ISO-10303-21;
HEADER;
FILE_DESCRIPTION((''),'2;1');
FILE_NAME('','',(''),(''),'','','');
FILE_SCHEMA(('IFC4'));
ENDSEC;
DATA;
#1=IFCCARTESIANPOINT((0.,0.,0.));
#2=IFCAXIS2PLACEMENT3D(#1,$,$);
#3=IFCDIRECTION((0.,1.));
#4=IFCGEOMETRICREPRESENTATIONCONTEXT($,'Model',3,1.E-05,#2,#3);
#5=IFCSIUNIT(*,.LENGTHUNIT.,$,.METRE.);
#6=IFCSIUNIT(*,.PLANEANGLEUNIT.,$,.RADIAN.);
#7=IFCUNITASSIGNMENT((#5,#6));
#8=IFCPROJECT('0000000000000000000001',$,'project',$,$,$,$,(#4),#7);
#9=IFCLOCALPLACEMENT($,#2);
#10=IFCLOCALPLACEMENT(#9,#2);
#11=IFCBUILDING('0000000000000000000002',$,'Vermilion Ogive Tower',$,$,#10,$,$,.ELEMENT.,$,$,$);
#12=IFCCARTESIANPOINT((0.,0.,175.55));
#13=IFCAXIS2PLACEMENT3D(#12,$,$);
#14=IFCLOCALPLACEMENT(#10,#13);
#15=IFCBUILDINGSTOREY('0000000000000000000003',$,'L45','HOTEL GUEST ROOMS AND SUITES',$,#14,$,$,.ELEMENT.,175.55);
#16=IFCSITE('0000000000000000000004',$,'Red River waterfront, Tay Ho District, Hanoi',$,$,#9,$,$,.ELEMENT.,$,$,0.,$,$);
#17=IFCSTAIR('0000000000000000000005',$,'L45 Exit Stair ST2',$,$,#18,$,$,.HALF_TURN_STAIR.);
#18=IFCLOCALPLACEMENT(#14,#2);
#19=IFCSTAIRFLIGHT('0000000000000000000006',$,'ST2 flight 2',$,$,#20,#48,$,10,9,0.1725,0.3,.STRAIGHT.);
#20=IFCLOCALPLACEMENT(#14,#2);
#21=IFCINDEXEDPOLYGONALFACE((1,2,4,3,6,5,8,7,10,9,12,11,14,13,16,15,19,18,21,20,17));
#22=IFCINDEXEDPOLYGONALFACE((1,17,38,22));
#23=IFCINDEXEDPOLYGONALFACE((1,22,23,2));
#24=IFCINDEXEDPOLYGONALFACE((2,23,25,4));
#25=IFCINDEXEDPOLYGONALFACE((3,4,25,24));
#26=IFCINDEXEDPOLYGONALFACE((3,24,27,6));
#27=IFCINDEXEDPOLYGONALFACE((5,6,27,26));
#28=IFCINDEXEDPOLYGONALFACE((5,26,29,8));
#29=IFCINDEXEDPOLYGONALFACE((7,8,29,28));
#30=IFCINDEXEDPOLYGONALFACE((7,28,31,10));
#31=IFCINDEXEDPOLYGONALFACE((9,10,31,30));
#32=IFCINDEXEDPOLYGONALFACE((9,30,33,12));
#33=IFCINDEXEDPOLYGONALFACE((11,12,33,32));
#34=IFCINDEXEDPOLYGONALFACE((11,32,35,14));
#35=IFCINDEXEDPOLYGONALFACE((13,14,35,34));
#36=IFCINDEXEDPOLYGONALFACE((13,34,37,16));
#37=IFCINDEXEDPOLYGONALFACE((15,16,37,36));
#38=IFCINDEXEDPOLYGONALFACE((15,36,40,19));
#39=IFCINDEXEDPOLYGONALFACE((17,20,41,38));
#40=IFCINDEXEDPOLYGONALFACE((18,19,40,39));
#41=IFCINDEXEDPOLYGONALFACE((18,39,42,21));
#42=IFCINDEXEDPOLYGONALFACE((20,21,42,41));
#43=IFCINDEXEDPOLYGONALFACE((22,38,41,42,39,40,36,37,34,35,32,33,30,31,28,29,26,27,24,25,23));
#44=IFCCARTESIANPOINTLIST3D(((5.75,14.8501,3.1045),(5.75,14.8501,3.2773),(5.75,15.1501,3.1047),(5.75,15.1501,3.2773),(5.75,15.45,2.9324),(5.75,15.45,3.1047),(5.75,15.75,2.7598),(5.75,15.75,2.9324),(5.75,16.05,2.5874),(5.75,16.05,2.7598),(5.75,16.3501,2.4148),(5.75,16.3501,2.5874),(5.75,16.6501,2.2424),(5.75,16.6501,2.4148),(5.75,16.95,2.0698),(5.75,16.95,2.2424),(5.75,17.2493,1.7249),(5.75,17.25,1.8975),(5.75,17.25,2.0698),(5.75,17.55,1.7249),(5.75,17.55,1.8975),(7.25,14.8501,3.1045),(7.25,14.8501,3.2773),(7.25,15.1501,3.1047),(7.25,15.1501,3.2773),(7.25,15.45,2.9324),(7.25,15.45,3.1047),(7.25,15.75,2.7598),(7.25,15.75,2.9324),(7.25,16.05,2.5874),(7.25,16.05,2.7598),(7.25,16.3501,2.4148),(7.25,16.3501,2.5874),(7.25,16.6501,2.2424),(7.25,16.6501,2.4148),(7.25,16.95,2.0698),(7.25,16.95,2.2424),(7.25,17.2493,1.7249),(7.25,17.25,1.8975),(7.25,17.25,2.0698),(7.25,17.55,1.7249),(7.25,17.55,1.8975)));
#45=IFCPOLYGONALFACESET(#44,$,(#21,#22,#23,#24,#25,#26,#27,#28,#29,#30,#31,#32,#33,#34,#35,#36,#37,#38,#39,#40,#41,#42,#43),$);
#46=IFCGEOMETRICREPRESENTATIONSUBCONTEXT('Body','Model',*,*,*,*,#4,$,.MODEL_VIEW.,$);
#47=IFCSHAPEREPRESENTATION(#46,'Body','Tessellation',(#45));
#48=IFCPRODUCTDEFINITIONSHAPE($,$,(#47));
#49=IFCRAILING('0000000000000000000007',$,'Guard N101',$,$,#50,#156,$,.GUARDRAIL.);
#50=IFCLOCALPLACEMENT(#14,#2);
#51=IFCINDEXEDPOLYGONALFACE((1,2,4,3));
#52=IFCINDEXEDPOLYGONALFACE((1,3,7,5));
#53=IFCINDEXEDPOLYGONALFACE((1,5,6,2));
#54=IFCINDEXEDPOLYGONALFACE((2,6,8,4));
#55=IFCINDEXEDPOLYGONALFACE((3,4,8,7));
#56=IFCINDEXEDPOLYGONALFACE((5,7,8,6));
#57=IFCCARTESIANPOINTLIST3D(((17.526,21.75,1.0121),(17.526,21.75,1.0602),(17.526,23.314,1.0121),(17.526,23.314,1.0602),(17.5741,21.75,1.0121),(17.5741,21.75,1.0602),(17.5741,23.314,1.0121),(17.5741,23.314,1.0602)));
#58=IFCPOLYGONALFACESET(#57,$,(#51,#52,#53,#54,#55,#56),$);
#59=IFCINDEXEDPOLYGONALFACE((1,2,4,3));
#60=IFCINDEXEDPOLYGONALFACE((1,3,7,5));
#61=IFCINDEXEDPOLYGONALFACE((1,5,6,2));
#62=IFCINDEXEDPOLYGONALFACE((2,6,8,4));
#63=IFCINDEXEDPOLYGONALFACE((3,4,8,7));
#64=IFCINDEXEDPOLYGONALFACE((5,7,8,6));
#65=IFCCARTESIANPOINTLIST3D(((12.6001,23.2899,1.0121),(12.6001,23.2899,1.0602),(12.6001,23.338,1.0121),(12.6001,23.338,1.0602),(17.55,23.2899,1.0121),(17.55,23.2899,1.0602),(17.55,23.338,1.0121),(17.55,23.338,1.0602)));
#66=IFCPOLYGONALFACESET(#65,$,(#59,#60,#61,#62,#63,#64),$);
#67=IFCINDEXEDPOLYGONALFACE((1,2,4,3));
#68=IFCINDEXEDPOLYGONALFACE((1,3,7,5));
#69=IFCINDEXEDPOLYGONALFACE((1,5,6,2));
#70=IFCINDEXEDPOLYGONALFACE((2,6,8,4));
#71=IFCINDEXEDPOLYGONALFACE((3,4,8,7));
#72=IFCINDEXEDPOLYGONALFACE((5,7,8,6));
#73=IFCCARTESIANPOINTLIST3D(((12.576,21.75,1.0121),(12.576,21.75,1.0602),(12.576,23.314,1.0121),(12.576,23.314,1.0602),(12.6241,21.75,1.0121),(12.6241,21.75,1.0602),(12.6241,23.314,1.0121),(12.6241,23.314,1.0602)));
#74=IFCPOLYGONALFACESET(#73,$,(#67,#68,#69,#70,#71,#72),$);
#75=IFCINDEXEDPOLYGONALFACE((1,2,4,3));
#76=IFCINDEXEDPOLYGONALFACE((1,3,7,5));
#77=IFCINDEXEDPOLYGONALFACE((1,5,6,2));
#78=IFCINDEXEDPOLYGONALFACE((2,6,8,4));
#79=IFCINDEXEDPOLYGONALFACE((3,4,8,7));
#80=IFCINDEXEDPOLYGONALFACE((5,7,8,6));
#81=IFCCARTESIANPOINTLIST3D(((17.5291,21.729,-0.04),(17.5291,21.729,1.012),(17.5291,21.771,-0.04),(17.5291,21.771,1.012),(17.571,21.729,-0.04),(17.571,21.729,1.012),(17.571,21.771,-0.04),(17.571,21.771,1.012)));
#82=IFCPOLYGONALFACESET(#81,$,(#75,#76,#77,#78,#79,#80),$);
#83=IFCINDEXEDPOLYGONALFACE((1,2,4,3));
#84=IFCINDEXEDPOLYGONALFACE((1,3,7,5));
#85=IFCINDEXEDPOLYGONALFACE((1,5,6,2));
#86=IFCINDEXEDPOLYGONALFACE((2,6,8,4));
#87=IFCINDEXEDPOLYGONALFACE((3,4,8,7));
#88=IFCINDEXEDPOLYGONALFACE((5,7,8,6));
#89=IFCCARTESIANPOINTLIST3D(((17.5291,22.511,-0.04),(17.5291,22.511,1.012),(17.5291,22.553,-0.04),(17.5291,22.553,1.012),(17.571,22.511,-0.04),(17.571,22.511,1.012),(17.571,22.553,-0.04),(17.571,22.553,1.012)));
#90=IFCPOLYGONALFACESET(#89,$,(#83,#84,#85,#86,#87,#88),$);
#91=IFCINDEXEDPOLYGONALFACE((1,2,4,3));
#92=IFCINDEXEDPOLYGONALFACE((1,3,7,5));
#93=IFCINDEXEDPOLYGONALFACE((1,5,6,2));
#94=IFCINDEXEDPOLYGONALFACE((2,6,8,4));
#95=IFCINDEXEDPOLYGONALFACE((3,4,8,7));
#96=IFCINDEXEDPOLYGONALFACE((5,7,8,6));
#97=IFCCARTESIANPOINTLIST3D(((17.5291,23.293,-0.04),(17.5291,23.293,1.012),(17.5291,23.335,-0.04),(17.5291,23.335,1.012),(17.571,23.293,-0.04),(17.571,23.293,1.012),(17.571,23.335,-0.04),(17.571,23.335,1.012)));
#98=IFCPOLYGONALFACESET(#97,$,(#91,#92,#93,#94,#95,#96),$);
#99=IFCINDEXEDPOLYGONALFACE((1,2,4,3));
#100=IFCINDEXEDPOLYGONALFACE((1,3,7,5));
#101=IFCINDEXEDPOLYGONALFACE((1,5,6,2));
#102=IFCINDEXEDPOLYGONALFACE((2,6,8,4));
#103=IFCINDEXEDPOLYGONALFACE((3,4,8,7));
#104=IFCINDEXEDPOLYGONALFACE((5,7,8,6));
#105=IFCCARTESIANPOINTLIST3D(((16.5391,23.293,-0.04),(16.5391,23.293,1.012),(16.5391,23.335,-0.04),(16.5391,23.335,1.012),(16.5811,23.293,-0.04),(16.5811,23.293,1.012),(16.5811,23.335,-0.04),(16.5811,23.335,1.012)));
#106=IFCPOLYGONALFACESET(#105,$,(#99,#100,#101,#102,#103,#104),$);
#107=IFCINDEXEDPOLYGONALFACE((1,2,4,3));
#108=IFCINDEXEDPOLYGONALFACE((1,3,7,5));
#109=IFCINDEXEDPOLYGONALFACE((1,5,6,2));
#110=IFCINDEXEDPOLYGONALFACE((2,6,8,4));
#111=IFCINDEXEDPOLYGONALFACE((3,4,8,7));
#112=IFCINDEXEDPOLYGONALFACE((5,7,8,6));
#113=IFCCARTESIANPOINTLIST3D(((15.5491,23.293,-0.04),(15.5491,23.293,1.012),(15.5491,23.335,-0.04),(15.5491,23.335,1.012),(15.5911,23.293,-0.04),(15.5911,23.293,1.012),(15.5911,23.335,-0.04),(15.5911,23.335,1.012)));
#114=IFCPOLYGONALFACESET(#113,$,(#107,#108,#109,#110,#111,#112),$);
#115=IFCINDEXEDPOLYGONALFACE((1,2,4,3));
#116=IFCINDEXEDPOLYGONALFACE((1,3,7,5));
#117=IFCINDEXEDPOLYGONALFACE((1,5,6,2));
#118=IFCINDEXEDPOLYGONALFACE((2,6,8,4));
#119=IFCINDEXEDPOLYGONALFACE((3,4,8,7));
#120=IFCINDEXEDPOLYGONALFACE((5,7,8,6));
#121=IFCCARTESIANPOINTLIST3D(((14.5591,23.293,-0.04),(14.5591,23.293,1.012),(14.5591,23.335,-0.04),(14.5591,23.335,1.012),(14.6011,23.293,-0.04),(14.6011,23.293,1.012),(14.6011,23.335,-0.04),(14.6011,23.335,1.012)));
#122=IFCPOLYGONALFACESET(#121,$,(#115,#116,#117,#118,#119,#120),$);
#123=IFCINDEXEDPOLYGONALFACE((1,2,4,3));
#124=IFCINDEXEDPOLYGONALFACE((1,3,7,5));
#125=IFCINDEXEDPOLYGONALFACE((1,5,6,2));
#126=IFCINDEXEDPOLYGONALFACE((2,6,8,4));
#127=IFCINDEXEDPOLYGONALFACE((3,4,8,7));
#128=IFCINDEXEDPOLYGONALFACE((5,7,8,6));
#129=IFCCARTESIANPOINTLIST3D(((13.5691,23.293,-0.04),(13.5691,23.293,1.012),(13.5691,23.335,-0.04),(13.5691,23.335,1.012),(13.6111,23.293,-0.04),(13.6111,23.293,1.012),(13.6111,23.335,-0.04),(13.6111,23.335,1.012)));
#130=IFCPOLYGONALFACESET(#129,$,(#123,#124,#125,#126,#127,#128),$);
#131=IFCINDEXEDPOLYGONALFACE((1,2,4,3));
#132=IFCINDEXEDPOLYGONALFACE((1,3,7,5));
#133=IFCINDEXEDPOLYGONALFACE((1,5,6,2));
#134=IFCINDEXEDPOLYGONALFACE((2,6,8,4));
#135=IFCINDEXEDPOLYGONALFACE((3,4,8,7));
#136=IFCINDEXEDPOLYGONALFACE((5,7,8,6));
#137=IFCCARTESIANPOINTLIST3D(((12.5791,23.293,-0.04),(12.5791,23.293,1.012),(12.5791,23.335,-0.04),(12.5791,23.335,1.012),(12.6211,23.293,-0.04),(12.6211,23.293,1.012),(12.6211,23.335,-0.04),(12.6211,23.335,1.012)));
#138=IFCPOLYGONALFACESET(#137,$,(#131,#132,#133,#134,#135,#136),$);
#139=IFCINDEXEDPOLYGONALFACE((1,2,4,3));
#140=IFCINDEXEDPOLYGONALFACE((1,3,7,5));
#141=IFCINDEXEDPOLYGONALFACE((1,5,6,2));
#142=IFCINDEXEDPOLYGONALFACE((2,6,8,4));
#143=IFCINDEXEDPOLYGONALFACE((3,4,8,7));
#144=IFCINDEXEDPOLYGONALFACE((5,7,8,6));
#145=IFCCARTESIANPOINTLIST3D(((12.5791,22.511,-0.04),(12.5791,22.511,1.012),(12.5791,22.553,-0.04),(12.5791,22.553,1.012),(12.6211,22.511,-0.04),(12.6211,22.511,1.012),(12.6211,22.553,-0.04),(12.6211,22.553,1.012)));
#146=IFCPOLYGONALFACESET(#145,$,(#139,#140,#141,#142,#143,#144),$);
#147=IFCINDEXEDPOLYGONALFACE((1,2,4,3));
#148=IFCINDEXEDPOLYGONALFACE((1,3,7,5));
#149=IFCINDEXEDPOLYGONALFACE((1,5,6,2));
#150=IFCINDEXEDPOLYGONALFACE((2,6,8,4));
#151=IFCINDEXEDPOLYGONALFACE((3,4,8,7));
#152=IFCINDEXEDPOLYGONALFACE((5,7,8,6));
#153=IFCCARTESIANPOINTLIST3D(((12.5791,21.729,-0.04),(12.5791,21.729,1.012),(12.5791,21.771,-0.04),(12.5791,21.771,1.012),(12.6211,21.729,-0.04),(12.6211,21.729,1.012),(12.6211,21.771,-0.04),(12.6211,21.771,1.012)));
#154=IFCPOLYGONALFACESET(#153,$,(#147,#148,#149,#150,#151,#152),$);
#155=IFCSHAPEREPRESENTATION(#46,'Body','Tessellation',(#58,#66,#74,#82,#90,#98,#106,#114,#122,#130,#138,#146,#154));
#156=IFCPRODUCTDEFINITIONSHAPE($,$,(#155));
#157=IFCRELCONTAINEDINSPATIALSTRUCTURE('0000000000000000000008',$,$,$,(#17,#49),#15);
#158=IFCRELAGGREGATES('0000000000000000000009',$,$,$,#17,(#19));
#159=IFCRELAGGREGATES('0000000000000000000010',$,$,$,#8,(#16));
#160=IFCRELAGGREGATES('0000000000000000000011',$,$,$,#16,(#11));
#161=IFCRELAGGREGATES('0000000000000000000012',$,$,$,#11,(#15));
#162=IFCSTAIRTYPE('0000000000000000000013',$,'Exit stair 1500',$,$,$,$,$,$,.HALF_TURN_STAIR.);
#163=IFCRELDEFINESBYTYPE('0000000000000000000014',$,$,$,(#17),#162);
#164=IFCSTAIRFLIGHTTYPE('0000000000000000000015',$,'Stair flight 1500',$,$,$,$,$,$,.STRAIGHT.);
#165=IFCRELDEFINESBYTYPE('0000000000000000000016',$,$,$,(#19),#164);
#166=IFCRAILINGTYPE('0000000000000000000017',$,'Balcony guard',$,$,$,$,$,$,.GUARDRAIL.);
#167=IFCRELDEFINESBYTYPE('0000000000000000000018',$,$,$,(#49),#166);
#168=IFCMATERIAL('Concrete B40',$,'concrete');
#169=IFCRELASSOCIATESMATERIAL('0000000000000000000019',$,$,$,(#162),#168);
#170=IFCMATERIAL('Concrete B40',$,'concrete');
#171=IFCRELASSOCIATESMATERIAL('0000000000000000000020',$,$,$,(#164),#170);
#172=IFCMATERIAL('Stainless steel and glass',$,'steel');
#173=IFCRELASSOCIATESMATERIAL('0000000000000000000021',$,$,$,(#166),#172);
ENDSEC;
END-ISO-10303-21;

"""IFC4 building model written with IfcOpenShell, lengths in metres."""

from ifc_helpers import new_model, si_unit, direction, frame, origin, origin_2d, place, context, subcontext, project, spatial, polyline, rectangle, outline, extrude, material, type_object, element, aggregate, save


model = new_model("IFC4")

# Units and contexts
model_context = context("Model", 3, precision=1e-05, world=origin(), true_north=direction((0.0, 1.0)))
body_context = subcontext(model_context, "Body", "Model", "MODEL_VIEW")
ifc_project = project(units=[si_unit("LENGTHUNIT", "METRE"), si_unit("PLANEANGLEUNIT", "RADIAN")], contexts=[model_context])

# Site, building, storey
site_placement = place(None, origin())
site = spatial("IfcSite", under=ifc_project, at=site_placement, Name="Red River waterfront, Tay Ho District, Hanoi", CompositionType="ELEMENT", RefElevation=0.0)
building_placement = place(site_placement, origin())
building = spatial("IfcBuilding", under=site, at=building_placement, Name="Vermilion Ogive Tower", CompositionType="ELEMENT")
storey_placement = place(building_placement, frame((0.0, 0.0, 175.55)))
storey = spatial("IfcBuildingStorey", under=building, at=storey_placement, Name="L45", Description="HOTEL GUEST ROOMS AND SUITES", CompositionType="ELEMENT", Elevation=175.55)

# Stair, stair flight
ifc_material_1 = material(Name="Concrete B40", Category="concrete")
stair_type = type_object("IfcStairType", Name="Exit stair 1500", PredefinedType="HALF_TURN_STAIR", material=ifc_material_1)
stair_placement = place(storey_placement, origin())
stair = element("IfcStair", 1, at=stair_placement, inside=storey, type_object=stair_type, Name="L45 Exit Stair ST2", PredefinedType="HALF_TURN_STAIR")
ifc_material_2 = material(Name="Concrete B40", Category="concrete")
stair_flight_type = type_object("IfcStairFlightType", Name="Stair flight 1500", PredefinedType="STRAIGHT", material=ifc_material_2)
stair_flight_1_placement = place(storey_placement, frame((6.5, 17.55, 1.7249), z_axis=(0.0, 0.0, 1.0), x_axis=(0.0, -1.0, 0.0)))
stair_flight_1 = element("IfcStairFlight", 2, at=stair_flight_1_placement, type_object=stair_flight_type, Name="ST2 flight 2", NumberOfRisers=10, NumberOfTreads=9, PredefinedType="STRAIGHT", RiserHeight=0.1725, TreadLength=0.3, context=body_context, shape_type="SweptSolid", body=[
    extrude(outline(polyline([(0.0, 0.0), (0.0, 0.1726), (0.3, 0.1726), (0.3, 0.345), (0.6001, 0.345), (0.6001, 0.5176), (0.8999, 0.5176), (0.8999, 0.6899), (1.2, 0.6899), (1.2, 0.8625), (1.5, 0.8625), (1.5, 1.0349), (1.8, 1.0349), (1.8, 1.2075), (2.1001, 1.2075), (2.1001, 1.3799), (2.3999, 1.3799), (2.3999, 1.5525), (2.7, 1.5525), (2.7, 1.7251), (2.7, 1.3796), (0.3008, 0.0), (0.0, 0.0)])), frame((0.0, 0.75, 0.0), z_axis=(0.0, -1.0, 0.0), x_axis=(1.0, 0.0, 0.0)), (0.0, 0.0, 1.0), 1.5),
])
aggregate(stair, [stair_flight_1])

# Railing
ifc_material_3 = material(Name="Stainless steel and glass", Category="steel")
railing_type_1 = type_object("IfcRailingType", Name="Balcony guard", PredefinedType="GUARDRAIL", material=ifc_material_3)
railing_1_placement = place(storey_placement, frame((17.55, 21.75, -0.04)))
element("IfcRailing", 3, at=railing_1_placement, inside=storey, type_object=railing_type_1, Name="Guard N101", PredefinedType="GUARDRAIL", context=body_context, shape_type="SweptSolid", body=[
    extrude(rectangle(XDim=0.0481, YDim=0.0481, at=origin_2d()), frame((0.0, 0.0, 1.0762), z_axis=(0.0, 1.0, 0.0), x_axis=(-1.0, 0.0, 0.0)), (0.0, 0.0, 1.0), 1.564),
    extrude(rectangle(XDim=0.0481, YDim=0.0481, at=origin_2d()), frame((0.0, 1.564, 1.0762), z_axis=(-1.0, 0.0, 0.0), x_axis=(0.0, -1.0, 0.0)), (0.0, 0.0, 1.0), 4.95),
    extrude(rectangle(XDim=0.0481, YDim=0.0481, at=origin_2d()), frame((-4.95, 1.564, 1.0762), z_axis=(0.0, -1.0, 0.0), x_axis=(1.0, 0.0, 0.0)), (0.0, 0.0, 1.0), 1.564),
    extrude(rectangle(XDim=0.042, YDim=0.042, at=origin_2d()), origin(), (0.0, 0.0, 1.0), 1.052),
    extrude(rectangle(XDim=0.042, YDim=0.042, at=origin_2d()), frame((0.0, 0.782, 0.0)), (0.0, 0.0, 1.0), 1.052),
    extrude(rectangle(XDim=0.042, YDim=0.042, at=origin_2d()), frame((0.0, 1.564, 0.0)), (0.0, 0.0, 1.0), 1.052),
    extrude(rectangle(XDim=0.042, YDim=0.042, at=origin_2d()), frame((-0.99, 1.564, 0.0)), (0.0, 0.0, 1.0), 1.052),
    extrude(rectangle(XDim=0.042, YDim=0.042, at=origin_2d()), frame((-1.98, 1.564, 0.0)), (0.0, 0.0, 1.0), 1.052),
    extrude(rectangle(XDim=0.042, YDim=0.042, at=origin_2d()), frame((-2.97, 1.564, 0.0)), (0.0, 0.0, 1.0), 1.052),
    extrude(rectangle(XDim=0.042, YDim=0.042, at=origin_2d()), frame((-3.96, 1.564, 0.0)), (0.0, 0.0, 1.0), 1.052),
    extrude(rectangle(XDim=0.042, YDim=0.042, at=origin_2d()), frame((-4.95, 1.564, 0.0)), (0.0, 0.0, 1.0), 1.052),
    extrude(rectangle(XDim=0.042, YDim=0.042, at=origin_2d()), frame((-4.95, 0.782, 0.0)), (0.0, 0.0, 1.0), 1.052),
    extrude(rectangle(XDim=0.042, YDim=0.042, at=origin_2d()), frame((-4.95, 0.0, 0.0)), (0.0, 0.0, 1.0), 1.052),
])

save(model, "model.ifc")
